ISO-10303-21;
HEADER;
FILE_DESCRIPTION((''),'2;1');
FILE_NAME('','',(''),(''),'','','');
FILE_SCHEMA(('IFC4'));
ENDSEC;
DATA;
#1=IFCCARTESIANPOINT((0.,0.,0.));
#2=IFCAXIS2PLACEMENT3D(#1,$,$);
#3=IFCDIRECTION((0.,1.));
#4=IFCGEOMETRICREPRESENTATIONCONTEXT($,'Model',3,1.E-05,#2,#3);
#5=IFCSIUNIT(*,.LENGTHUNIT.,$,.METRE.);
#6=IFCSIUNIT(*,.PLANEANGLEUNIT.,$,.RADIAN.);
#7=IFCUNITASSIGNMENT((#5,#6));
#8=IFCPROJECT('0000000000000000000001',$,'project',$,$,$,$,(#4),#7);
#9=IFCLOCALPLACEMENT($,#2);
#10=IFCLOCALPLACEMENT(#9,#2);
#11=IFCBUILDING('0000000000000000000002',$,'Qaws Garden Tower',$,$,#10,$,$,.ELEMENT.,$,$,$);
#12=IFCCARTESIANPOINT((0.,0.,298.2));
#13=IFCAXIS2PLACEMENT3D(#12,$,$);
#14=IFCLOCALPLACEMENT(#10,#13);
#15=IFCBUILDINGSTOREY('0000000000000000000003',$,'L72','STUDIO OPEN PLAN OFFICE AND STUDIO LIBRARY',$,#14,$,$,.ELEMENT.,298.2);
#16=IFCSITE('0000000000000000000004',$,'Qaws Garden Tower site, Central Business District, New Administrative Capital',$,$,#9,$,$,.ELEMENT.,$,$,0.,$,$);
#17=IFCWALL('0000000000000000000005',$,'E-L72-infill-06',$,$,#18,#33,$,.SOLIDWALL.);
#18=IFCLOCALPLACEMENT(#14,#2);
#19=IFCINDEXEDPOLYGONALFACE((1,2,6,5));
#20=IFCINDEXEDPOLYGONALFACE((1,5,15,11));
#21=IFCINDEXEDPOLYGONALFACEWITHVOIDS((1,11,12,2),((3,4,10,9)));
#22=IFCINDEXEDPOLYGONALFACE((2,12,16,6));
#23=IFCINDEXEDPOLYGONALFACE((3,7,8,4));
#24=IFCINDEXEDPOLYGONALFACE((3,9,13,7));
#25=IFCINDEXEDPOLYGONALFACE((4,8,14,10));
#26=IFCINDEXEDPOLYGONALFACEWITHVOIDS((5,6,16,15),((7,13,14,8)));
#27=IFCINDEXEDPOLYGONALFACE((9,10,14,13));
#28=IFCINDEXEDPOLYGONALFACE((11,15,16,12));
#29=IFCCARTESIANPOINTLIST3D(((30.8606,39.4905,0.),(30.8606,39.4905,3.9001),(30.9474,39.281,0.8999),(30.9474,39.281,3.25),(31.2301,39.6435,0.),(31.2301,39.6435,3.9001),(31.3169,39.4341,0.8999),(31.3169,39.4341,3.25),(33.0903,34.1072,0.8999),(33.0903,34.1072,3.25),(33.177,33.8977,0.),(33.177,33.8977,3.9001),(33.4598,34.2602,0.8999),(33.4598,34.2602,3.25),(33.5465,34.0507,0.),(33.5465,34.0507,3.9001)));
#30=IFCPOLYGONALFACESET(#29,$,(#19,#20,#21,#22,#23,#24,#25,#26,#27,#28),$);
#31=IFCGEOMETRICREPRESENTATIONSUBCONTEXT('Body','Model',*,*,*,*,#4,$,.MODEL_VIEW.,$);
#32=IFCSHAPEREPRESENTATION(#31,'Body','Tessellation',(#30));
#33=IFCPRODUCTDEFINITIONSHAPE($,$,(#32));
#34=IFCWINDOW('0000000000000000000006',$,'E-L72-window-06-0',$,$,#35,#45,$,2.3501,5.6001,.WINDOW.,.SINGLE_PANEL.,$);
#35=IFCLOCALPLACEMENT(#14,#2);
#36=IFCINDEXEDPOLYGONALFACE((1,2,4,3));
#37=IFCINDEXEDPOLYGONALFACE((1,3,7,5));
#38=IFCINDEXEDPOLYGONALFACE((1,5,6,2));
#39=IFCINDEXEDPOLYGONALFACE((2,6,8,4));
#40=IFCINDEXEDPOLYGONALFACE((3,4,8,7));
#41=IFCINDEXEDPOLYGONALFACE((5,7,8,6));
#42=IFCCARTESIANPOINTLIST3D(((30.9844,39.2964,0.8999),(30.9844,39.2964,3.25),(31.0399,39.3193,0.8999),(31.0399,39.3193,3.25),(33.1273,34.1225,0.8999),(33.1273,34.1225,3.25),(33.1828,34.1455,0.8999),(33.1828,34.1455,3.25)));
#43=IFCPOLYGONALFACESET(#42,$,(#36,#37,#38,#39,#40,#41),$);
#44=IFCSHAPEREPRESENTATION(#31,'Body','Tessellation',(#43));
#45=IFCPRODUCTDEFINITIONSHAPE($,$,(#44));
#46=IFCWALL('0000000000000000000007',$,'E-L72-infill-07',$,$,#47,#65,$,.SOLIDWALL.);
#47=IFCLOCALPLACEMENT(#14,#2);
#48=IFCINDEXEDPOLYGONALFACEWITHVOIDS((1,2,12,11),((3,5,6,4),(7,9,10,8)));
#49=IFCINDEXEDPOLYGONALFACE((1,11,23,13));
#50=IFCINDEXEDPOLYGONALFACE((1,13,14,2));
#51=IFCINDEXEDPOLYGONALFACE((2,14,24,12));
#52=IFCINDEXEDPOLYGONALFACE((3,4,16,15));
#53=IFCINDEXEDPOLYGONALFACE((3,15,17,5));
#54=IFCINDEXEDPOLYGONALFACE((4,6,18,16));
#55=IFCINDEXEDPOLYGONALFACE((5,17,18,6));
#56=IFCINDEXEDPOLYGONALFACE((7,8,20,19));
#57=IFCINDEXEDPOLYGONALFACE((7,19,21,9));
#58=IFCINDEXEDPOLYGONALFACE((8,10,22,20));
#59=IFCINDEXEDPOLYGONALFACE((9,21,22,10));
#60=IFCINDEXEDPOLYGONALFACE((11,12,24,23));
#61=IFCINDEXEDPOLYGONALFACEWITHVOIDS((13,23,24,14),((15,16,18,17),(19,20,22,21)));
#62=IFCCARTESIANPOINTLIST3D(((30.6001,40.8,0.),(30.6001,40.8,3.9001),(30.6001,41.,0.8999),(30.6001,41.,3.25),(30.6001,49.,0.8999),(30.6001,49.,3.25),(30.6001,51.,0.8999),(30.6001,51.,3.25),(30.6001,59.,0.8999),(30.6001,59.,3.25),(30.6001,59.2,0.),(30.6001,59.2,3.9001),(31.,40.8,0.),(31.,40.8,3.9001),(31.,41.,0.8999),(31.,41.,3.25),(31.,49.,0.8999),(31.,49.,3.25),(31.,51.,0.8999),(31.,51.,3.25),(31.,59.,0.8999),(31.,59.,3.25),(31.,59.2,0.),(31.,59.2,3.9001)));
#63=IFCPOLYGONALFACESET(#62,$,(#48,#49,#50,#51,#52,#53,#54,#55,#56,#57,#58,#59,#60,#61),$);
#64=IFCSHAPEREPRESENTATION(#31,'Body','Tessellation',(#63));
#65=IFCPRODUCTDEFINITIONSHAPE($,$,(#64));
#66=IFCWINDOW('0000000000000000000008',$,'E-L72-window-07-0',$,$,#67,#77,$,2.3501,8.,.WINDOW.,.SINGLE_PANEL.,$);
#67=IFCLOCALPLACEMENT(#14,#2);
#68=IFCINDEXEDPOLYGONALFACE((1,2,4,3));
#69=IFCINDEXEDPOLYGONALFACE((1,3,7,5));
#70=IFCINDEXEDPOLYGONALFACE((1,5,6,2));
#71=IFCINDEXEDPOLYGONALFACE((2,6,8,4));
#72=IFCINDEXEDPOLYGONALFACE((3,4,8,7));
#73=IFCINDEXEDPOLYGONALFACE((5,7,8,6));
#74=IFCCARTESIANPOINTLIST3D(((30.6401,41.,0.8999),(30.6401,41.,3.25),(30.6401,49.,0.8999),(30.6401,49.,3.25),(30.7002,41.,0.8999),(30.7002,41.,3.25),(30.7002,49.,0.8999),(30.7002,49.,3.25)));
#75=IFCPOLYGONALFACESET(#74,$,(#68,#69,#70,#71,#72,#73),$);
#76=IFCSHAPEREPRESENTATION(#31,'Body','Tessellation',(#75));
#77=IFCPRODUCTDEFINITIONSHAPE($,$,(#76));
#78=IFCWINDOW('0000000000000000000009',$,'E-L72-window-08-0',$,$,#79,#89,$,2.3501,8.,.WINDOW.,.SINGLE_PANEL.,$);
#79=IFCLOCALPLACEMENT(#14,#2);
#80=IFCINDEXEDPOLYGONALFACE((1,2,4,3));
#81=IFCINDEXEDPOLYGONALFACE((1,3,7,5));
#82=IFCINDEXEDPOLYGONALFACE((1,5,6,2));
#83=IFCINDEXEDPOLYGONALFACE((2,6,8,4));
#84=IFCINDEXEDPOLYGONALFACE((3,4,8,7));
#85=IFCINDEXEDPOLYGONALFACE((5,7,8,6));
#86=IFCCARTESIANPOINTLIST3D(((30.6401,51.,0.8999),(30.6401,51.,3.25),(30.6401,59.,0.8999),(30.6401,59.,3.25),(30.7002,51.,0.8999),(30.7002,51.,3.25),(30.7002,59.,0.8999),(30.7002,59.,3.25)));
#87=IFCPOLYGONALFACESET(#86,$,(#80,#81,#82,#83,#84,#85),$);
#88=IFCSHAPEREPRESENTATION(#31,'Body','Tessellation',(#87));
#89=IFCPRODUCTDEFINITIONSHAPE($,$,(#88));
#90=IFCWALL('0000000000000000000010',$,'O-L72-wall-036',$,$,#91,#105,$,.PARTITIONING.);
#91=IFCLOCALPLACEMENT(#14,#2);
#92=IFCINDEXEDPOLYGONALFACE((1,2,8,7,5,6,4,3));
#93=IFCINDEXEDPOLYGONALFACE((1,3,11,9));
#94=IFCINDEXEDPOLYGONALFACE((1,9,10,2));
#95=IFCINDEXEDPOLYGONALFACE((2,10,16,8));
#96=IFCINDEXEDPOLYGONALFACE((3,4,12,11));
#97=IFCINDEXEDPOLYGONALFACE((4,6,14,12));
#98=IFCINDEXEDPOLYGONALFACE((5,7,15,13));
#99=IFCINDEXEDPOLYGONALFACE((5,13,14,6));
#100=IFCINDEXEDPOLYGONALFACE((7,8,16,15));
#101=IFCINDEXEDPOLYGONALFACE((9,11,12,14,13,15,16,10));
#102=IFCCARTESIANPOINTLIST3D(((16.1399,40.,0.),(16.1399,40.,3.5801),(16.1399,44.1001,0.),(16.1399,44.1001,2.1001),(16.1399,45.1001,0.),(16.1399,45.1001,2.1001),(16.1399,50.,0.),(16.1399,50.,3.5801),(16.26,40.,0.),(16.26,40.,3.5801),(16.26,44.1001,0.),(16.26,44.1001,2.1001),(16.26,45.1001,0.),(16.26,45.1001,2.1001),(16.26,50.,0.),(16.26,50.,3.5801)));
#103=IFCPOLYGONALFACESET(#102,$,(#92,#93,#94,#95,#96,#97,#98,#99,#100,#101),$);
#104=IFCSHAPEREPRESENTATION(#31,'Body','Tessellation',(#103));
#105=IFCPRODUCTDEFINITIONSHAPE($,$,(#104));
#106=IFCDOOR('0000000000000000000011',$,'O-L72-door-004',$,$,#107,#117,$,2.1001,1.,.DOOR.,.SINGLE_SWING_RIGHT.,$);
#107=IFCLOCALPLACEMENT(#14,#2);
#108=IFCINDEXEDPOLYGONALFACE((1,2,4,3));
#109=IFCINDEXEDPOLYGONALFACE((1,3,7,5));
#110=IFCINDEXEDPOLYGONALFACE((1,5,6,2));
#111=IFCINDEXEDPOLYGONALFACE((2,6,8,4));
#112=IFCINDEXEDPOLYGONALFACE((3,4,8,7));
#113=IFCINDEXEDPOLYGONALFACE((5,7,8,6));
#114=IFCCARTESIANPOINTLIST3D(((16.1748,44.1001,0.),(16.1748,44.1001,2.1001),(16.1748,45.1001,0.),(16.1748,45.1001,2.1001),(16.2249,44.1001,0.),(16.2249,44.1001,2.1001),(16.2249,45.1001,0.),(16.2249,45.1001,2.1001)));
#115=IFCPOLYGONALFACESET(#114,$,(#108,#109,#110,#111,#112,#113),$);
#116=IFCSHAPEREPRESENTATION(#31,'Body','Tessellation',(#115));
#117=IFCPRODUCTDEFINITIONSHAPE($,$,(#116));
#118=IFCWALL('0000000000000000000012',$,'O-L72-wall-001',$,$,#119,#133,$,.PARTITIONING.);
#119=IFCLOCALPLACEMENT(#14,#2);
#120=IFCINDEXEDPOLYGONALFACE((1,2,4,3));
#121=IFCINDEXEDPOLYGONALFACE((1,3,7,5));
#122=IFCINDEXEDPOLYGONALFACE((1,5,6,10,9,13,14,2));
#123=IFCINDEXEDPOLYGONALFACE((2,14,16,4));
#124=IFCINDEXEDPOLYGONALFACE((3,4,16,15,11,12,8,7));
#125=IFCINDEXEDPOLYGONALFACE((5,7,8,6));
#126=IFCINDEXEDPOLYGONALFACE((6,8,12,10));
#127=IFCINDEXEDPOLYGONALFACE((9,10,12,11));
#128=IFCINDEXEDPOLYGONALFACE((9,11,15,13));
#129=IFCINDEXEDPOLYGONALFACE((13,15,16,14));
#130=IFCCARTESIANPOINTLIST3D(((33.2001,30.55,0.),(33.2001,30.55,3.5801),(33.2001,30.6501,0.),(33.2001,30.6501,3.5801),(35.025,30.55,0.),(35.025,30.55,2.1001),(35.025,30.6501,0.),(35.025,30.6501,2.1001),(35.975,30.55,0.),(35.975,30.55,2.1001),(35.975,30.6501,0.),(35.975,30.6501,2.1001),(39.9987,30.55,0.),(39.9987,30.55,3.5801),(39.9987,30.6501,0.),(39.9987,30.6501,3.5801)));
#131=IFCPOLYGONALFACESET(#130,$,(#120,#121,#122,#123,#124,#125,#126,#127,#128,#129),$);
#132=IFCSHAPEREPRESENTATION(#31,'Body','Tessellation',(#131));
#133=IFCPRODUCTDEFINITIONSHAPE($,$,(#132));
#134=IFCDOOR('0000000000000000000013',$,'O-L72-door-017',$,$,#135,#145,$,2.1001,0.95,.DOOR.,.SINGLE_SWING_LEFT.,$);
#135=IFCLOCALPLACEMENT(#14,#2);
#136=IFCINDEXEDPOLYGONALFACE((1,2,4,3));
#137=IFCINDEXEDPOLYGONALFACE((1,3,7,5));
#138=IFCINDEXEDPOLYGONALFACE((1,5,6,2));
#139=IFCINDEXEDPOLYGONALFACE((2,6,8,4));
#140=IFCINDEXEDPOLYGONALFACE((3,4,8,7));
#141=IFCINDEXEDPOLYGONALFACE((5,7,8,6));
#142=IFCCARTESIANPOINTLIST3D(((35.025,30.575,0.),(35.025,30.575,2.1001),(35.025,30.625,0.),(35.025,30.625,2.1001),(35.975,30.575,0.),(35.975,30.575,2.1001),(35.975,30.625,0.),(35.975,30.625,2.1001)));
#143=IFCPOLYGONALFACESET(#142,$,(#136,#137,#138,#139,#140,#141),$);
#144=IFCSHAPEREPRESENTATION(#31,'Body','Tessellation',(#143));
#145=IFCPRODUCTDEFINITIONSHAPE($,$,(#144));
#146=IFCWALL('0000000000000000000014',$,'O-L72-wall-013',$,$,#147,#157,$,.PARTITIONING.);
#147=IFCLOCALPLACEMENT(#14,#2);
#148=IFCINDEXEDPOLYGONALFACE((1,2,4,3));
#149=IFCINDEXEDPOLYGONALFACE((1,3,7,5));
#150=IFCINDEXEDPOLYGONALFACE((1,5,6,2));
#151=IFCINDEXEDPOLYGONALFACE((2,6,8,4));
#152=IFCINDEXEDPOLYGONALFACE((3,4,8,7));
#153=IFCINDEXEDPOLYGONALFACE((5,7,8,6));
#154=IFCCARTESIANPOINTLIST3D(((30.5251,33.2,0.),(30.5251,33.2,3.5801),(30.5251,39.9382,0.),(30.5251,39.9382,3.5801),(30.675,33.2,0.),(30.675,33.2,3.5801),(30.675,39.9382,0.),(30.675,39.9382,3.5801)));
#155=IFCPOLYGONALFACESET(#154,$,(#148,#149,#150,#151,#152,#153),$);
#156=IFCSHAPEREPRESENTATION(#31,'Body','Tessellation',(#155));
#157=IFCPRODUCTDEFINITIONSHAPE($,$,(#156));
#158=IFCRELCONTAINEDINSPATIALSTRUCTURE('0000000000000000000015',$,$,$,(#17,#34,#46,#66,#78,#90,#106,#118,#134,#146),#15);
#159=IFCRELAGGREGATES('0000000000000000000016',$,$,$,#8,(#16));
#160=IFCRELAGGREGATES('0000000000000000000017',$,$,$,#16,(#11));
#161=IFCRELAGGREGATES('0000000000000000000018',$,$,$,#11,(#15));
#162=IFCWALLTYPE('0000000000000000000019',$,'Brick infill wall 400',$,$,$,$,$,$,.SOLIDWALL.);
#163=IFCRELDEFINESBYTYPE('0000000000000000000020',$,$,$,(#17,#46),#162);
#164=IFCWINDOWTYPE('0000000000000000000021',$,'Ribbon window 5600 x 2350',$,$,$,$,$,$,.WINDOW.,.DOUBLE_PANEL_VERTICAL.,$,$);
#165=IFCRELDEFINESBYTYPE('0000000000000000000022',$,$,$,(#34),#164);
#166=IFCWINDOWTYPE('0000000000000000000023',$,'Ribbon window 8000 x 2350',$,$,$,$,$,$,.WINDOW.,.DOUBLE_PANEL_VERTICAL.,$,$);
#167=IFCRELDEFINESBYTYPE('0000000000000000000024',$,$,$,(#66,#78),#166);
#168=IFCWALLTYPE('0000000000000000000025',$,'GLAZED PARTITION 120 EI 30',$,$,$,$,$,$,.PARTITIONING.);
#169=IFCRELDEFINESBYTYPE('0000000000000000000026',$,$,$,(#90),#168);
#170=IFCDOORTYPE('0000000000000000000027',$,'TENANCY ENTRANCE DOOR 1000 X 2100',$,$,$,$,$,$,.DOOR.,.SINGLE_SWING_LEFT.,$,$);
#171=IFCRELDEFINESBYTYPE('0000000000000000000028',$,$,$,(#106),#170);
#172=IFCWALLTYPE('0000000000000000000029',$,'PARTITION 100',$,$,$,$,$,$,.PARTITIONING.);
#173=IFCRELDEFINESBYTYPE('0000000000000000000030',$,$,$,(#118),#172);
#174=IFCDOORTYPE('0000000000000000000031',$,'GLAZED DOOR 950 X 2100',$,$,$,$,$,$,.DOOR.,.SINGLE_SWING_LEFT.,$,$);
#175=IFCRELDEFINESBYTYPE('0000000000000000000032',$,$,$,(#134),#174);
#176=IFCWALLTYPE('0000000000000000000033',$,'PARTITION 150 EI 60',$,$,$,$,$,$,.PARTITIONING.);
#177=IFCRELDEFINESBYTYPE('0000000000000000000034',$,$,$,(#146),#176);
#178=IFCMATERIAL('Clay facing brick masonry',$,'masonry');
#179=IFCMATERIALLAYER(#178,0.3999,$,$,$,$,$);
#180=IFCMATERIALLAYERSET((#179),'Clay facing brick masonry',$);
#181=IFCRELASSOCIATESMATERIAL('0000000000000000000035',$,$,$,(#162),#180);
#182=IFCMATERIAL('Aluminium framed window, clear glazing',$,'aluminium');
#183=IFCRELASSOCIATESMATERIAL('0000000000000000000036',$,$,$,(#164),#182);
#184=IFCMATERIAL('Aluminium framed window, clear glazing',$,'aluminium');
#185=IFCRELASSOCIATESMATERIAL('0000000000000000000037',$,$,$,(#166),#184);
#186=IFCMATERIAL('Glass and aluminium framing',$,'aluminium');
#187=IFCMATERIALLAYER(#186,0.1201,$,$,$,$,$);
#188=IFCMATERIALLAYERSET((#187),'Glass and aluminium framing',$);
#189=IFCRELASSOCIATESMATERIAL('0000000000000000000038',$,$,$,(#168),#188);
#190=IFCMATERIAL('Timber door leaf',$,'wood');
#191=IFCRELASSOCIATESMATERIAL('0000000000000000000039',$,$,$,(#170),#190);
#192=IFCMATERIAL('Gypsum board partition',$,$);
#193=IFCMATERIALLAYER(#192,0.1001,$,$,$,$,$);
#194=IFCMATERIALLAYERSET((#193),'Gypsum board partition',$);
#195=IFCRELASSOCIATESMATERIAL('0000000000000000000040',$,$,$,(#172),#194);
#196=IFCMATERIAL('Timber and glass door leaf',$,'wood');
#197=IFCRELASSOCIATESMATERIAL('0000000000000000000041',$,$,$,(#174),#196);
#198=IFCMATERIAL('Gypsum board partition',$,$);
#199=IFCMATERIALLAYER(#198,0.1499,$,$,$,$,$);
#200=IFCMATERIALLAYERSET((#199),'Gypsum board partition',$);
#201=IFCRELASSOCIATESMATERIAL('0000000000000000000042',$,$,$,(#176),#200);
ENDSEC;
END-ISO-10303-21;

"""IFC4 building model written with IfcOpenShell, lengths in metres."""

from ifc_helpers import new_model, si_unit, direction, frame, frame_2d, origin, place, context, subcontext, project, spatial, rectangle, extrude, material, layer, layer_set, type_object, element, fill, save


model = new_model("IFC4")

# Units and contexts
model_context = context("Model", 3, precision=1e-05, world=origin(), true_north=direction((0.0, 1.0)))
body_context = subcontext(model_context, "Body", "Model", "MODEL_VIEW")
ifc_project = project(units=[si_unit("LENGTHUNIT", "METRE"), si_unit("PLANEANGLEUNIT", "RADIAN")], contexts=[model_context])

# Site, building, storey
site_placement = place(None, origin())
site = spatial("IfcSite", under=ifc_project, at=site_placement, Name="Qaws Garden Tower site, Central Business District, New Administrative Capital", CompositionType="ELEMENT", RefElevation=0.0)
building_placement = place(site_placement, origin())
building = spatial("IfcBuilding", under=site, at=building_placement, Name="Qaws Garden Tower", CompositionType="ELEMENT")
storey_placement = place(building_placement, frame((0.0, 0.0, 298.2)))
storey = spatial("IfcBuildingStorey", under=building, at=storey_placement, Name="L72", Description="STUDIO OPEN PLAN OFFICE AND STUDIO LIBRARY", CompositionType="ELEMENT", Elevation=298.2)

# Wall, opening, window
ifc_material_1 = material(Name="Clay facing brick masonry", Category="masonry")
ifc_layer_1 = layer(ifc_material_1, 0.3999)
ifc_layer_set_1 = layer_set([ifc_layer_1], Name="Clay facing brick masonry")
wall_type_1 = type_object("IfcWallType", Name="Brick infill wall 400", PredefinedType="SOLIDWALL", material=ifc_layer_set_1)
ifc_material_2 = material(Name="Aluminium framed window, clear glazing", Category="aluminium")
window_type_1 = type_object("IfcWindowType", Name="Ribbon window 5600 x 2350", PartitioningType="DOUBLE_PANEL_VERTICAL", PredefinedType="WINDOW", material=ifc_material_2)
wall_1_placement = place(storey_placement, frame((33.3618, 33.9741, 0.0), z_axis=(0.0, 0.0, 1.0), x_axis=(-0.382656, 0.923891, 0.0)))
wall_1 = element("IfcWall", 1, at=wall_1_placement, inside=storey, type_object=wall_type_1, Name="E-L72-infill-06", PredefinedType="SOLIDWALL", context=body_context, shape_type="SweptSolid", body=[
    extrude(rectangle(XDim=6.0535, YDim=0.3999, at=frame_2d((3.0269, 0.0))), origin(), (0.0, 0.0, 1.0), 3.9001),
])
opening_1_placement = place(wall_1_placement, frame((0.2268, 0.0, 0.8999)))
opening_1 = element("IfcOpeningElement", 2, at=opening_1_placement, cuts=wall_1, PredefinedType="OPENING", context=body_context, shape_type="SweptSolid", body=[
    extrude(rectangle(XDim=5.6001, YDim=2.3501, at=frame_2d((2.8, 1.175))), frame((0.0, 0.21, 0.0), z_axis=(0.0, -1.0, 0.0), x_axis=(1.0, 0.0, 0.0)), (0.0, 0.0, 1.0), 0.4199),
])
window_1_placement = place(opening_1_placement, origin())
window_1 = element("IfcWindow", 3, at=window_1_placement, inside=storey, type_object=window_type_1, Name="E-L72-window-06-0", OverallHeight=2.3501, OverallWidth=5.6001, PartitioningType="SINGLE_PANEL", PredefinedType="WINDOW", context=body_context, shape_type="SweptSolid", body=[
    extrude(rectangle(XDim=5.6001, YDim=2.3501, at=frame_2d((2.8, 1.175))), frame((0.0, 0.1599, 0.0), z_axis=(0.0, -1.0, 0.0), x_axis=(1.0, 0.0, 0.0)), (0.0, 0.0, 1.0), 0.0601),
])
fill(opening_1, window_1)

# Wall, openings, windows
wall_2_placement = place(storey_placement, frame((30.8, 40.8, 0.0), z_axis=(0.0, 0.0, 1.0), x_axis=(0.0, 1.0, 0.0)))
wall_2 = element("IfcWall", 4, at=wall_2_placement, inside=storey, type_object=wall_type_1, Name="E-L72-infill-07", PredefinedType="SOLIDWALL", context=body_context, shape_type="SweptSolid", body=[
    extrude(rectangle(XDim=18.3999, YDim=0.3999, at=frame_2d((9.2, 0.0))), origin(), (0.0, 0.0, 1.0), 3.9001),
])
opening_2_placement = place(wall_2_placement, frame((0.2, 0.0, 0.8999)))
opening_2 = element("IfcOpeningElement", 5, at=opening_2_placement, cuts=wall_2, PredefinedType="OPENING", context=body_context, shape_type="SweptSolid", body=[
    extrude(rectangle(XDim=8.0, YDim=2.3501, at=frame_2d((4.0, 1.175))), frame((0.0, 0.21, 0.0), z_axis=(0.0, -1.0, 0.0), x_axis=(1.0, 0.0, 0.0)), (0.0, 0.0, 1.0), 0.4199),
])
opening_3_placement = place(wall_2_placement, frame((10.2, 0.0, 0.8999)))
opening_3 = element("IfcOpeningElement", 6, at=opening_3_placement, cuts=wall_2, PredefinedType="OPENING", context=body_context, shape_type="SweptSolid", body=[
    extrude(rectangle(XDim=8.0, YDim=2.3501, at=frame_2d((4.0, 1.175))), frame((0.0, 0.21, 0.0), z_axis=(0.0, -1.0, 0.0), x_axis=(1.0, 0.0, 0.0)), (0.0, 0.0, 1.0), 0.4199),
])
ifc_material_3 = material(Name="Aluminium framed window, clear glazing", Category="aluminium")
window_type_2 = type_object("IfcWindowType", Name="Ribbon window 8000 x 2350", PartitioningType="DOUBLE_PANEL_VERTICAL", PredefinedType="WINDOW", material=ifc_material_3)
window_2_placement = place(opening_2_placement, origin())
window_2 = element("IfcWindow", 7, at=window_2_placement, inside=storey, type_object=window_type_2, Name="E-L72-window-07-0", OverallHeight=2.3501, OverallWidth=8.0, PartitioningType="SINGLE_PANEL", PredefinedType="WINDOW", context=body_context, shape_type="SweptSolid", body=[
    extrude(rectangle(XDim=8.0, YDim=2.3501, at=frame_2d((4.0, 1.175))), frame((0.0, 0.1599, 0.0), z_axis=(0.0, -1.0, 0.0), x_axis=(1.0, 0.0, 0.0)), (0.0, 0.0, 1.0), 0.0601),
])
fill(opening_2, window_2)
window_3_placement = place(opening_3_placement, origin())
window_3 = element("IfcWindow", 8, at=window_3_placement, inside=storey, type_object=window_type_2, Name="E-L72-window-08-0", OverallHeight=2.3501, OverallWidth=8.0, PartitioningType="SINGLE_PANEL", PredefinedType="WINDOW", context=body_context, shape_type="SweptSolid", body=[
    extrude(rectangle(XDim=8.0, YDim=2.3501, at=frame_2d((4.0, 1.175))), frame((0.0, 0.1599, 0.0), z_axis=(0.0, -1.0, 0.0), x_axis=(1.0, 0.0, 0.0)), (0.0, 0.0, 1.0), 0.0601),
])
fill(opening_3, window_3)

# Walls, openings, doors
ifc_material_4 = material(Name="Glass and aluminium framing", Category="aluminium")
ifc_layer_2 = layer(ifc_material_4, 0.1201)
ifc_layer_set_2 = layer_set([ifc_layer_2], Name="Glass and aluminium framing")
wall_type_2 = type_object("IfcWallType", Name="GLAZED PARTITION 120 EI 30", PredefinedType="PARTITIONING", material=ifc_layer_set_2)
wall_3_placement = place(storey_placement, frame((16.2, 40.0, 0.0), z_axis=(0.0, 0.0, 1.0), x_axis=(0.0, 1.0, 0.0)))
wall_3 = element("IfcWall", 9, at=wall_3_placement, inside=storey, type_object=wall_type_2, Name="O-L72-wall-036", PredefinedType="PARTITIONING", context=body_context, shape_type="SweptSolid", body=[
    extrude(rectangle(XDim=10.0, YDim=0.1201, at=frame_2d((5.0, 0.0))), origin(), (0.0, 0.0, 1.0), 3.5801),
])
opening_4_placement = place(wall_3_placement, frame((4.1001, 0.0, 0.0)))
opening_4 = element("IfcOpeningElement", 10, at=opening_4_placement, cuts=wall_3, PredefinedType="OPENING", context=body_context, shape_type="SweptSolid", body=[
    extrude(rectangle(XDim=1.0, YDim=2.1001, at=frame_2d((0.5, 1.05))), frame((0.0, 0.0701, 0.0), z_axis=(0.0, -1.0, 0.0), x_axis=(1.0, 0.0, 0.0)), (0.0, 0.0, 1.0), 0.1401),
])
ifc_material_5 = material(Name="Timber door leaf", Category="wood")
door_type_1 = type_object("IfcDoorType", Name="TENANCY ENTRANCE DOOR 1000 X 2100", OperationType="SINGLE_SWING_LEFT", PredefinedType="DOOR", material=ifc_material_5)
door_1_placement = place(opening_4_placement, frame((1.0, 0.0, 0.0), z_axis=(0.0, 0.0, 1.0), x_axis=(-1.0, 0.0, 0.0)))
door_1 = element("IfcDoor", 11, at=door_1_placement, inside=storey, type_object=door_type_1, Name="O-L72-door-004", OperationType="SINGLE_SWING_RIGHT", OverallHeight=2.1001, OverallWidth=1.0, PredefinedType="DOOR", context=body_context, shape_type="SweptSolid", body=[
    extrude(rectangle(XDim=1.0, YDim=2.1001, at=frame_2d((0.5, 1.05))), frame((0.0, 0.0249, 0.0), z_axis=(0.0, -1.0, 0.0), x_axis=(1.0, 0.0, 0.0)), (0.0, 0.0, 1.0), 0.05),
])
fill(opening_4, door_1)
ifc_material_6 = material(Name="Gypsum board partition")
ifc_layer_3 = layer(ifc_material_6, 0.1001)
ifc_layer_set_3 = layer_set([ifc_layer_3], Name="Gypsum board partition")
wall_type_3 = type_object("IfcWallType", Name="PARTITION 100", PredefinedType="PARTITIONING", material=ifc_layer_set_3)
wall_4_placement = place(storey_placement, frame((33.2, 30.6001, 0.0), z_axis=(0.0, 0.0, 1.0), x_axis=(1.0, 0.0, 0.0)))
wall_4 = element("IfcWall", 12, at=wall_4_placement, inside=storey, type_object=wall_type_3, Name="O-L72-wall-001", PredefinedType="PARTITIONING", context=body_context, shape_type="SweptSolid", body=[
    extrude(rectangle(XDim=6.7986, YDim=0.1001, at=frame_2d((3.3994, 0.0))), origin(), (0.0, 0.0, 1.0), 3.5801),
])
opening_5_placement = place(wall_4_placement, frame((1.825, 0.0, 0.0)))
opening_5 = element("IfcOpeningElement", 13, at=opening_5_placement, cuts=wall_4, PredefinedType="OPENING", context=body_context, shape_type="SweptSolid", body=[
    extrude(rectangle(XDim=0.95, YDim=2.1001, at=frame_2d((0.4751, 1.05))), frame((0.0, 0.0601, 0.0), z_axis=(0.0, -1.0, 0.0), x_axis=(1.0, 0.0, 0.0)), (0.0, 0.0, 1.0), 0.1201),
])
ifc_material_7 = material(Name="Timber and glass door leaf", Category="wood")
door_type_2 = type_object("IfcDoorType", Name="GLAZED DOOR 950 X 2100", OperationType="SINGLE_SWING_LEFT", PredefinedType="DOOR", material=ifc_material_7)
door_2_placement = place(opening_5_placement, origin())
door_2 = element("IfcDoor", 14, at=door_2_placement, inside=storey, type_object=door_type_2, Name="O-L72-door-017", OperationType="SINGLE_SWING_LEFT", OverallHeight=2.1001, OverallWidth=0.95, PredefinedType="DOOR", context=body_context, shape_type="SweptSolid", body=[
    extrude(rectangle(XDim=0.95, YDim=2.1001, at=frame_2d((0.4751, 1.05))), frame((0.0, 0.0249, 0.0), z_axis=(0.0, -1.0, 0.0), x_axis=(1.0, 0.0, 0.0)), (0.0, 0.0, 1.0), 0.05),
])
fill(opening_5, door_2)

# Wall
ifc_material_8 = material(Name="Gypsum board partition")
ifc_layer_4 = layer(ifc_material_8, 0.1499)
ifc_layer_set_4 = layer_set([ifc_layer_4], Name="Gypsum board partition")
wall_type_4 = type_object("IfcWallType", Name="PARTITION 150 EI 60", PredefinedType="PARTITIONING", material=ifc_layer_set_4)
wall_5_placement = place(storey_placement, frame((30.6001, 33.2, 0.0), z_axis=(0.0, 0.0, 1.0), x_axis=(0.0, 1.0, 0.0)))
element("IfcWall", 15, at=wall_5_placement, inside=storey, type_object=wall_type_4, Name="O-L72-wall-013", PredefinedType="PARTITIONING", context=body_context, shape_type="SweptSolid", body=[
    extrude(rectangle(XDim=6.7383, YDim=0.1499, at=frame_2d((3.3691, 0.0))), origin(), (0.0, 0.0, 1.0), 3.5801),
])

save(model, "model.ifc")
